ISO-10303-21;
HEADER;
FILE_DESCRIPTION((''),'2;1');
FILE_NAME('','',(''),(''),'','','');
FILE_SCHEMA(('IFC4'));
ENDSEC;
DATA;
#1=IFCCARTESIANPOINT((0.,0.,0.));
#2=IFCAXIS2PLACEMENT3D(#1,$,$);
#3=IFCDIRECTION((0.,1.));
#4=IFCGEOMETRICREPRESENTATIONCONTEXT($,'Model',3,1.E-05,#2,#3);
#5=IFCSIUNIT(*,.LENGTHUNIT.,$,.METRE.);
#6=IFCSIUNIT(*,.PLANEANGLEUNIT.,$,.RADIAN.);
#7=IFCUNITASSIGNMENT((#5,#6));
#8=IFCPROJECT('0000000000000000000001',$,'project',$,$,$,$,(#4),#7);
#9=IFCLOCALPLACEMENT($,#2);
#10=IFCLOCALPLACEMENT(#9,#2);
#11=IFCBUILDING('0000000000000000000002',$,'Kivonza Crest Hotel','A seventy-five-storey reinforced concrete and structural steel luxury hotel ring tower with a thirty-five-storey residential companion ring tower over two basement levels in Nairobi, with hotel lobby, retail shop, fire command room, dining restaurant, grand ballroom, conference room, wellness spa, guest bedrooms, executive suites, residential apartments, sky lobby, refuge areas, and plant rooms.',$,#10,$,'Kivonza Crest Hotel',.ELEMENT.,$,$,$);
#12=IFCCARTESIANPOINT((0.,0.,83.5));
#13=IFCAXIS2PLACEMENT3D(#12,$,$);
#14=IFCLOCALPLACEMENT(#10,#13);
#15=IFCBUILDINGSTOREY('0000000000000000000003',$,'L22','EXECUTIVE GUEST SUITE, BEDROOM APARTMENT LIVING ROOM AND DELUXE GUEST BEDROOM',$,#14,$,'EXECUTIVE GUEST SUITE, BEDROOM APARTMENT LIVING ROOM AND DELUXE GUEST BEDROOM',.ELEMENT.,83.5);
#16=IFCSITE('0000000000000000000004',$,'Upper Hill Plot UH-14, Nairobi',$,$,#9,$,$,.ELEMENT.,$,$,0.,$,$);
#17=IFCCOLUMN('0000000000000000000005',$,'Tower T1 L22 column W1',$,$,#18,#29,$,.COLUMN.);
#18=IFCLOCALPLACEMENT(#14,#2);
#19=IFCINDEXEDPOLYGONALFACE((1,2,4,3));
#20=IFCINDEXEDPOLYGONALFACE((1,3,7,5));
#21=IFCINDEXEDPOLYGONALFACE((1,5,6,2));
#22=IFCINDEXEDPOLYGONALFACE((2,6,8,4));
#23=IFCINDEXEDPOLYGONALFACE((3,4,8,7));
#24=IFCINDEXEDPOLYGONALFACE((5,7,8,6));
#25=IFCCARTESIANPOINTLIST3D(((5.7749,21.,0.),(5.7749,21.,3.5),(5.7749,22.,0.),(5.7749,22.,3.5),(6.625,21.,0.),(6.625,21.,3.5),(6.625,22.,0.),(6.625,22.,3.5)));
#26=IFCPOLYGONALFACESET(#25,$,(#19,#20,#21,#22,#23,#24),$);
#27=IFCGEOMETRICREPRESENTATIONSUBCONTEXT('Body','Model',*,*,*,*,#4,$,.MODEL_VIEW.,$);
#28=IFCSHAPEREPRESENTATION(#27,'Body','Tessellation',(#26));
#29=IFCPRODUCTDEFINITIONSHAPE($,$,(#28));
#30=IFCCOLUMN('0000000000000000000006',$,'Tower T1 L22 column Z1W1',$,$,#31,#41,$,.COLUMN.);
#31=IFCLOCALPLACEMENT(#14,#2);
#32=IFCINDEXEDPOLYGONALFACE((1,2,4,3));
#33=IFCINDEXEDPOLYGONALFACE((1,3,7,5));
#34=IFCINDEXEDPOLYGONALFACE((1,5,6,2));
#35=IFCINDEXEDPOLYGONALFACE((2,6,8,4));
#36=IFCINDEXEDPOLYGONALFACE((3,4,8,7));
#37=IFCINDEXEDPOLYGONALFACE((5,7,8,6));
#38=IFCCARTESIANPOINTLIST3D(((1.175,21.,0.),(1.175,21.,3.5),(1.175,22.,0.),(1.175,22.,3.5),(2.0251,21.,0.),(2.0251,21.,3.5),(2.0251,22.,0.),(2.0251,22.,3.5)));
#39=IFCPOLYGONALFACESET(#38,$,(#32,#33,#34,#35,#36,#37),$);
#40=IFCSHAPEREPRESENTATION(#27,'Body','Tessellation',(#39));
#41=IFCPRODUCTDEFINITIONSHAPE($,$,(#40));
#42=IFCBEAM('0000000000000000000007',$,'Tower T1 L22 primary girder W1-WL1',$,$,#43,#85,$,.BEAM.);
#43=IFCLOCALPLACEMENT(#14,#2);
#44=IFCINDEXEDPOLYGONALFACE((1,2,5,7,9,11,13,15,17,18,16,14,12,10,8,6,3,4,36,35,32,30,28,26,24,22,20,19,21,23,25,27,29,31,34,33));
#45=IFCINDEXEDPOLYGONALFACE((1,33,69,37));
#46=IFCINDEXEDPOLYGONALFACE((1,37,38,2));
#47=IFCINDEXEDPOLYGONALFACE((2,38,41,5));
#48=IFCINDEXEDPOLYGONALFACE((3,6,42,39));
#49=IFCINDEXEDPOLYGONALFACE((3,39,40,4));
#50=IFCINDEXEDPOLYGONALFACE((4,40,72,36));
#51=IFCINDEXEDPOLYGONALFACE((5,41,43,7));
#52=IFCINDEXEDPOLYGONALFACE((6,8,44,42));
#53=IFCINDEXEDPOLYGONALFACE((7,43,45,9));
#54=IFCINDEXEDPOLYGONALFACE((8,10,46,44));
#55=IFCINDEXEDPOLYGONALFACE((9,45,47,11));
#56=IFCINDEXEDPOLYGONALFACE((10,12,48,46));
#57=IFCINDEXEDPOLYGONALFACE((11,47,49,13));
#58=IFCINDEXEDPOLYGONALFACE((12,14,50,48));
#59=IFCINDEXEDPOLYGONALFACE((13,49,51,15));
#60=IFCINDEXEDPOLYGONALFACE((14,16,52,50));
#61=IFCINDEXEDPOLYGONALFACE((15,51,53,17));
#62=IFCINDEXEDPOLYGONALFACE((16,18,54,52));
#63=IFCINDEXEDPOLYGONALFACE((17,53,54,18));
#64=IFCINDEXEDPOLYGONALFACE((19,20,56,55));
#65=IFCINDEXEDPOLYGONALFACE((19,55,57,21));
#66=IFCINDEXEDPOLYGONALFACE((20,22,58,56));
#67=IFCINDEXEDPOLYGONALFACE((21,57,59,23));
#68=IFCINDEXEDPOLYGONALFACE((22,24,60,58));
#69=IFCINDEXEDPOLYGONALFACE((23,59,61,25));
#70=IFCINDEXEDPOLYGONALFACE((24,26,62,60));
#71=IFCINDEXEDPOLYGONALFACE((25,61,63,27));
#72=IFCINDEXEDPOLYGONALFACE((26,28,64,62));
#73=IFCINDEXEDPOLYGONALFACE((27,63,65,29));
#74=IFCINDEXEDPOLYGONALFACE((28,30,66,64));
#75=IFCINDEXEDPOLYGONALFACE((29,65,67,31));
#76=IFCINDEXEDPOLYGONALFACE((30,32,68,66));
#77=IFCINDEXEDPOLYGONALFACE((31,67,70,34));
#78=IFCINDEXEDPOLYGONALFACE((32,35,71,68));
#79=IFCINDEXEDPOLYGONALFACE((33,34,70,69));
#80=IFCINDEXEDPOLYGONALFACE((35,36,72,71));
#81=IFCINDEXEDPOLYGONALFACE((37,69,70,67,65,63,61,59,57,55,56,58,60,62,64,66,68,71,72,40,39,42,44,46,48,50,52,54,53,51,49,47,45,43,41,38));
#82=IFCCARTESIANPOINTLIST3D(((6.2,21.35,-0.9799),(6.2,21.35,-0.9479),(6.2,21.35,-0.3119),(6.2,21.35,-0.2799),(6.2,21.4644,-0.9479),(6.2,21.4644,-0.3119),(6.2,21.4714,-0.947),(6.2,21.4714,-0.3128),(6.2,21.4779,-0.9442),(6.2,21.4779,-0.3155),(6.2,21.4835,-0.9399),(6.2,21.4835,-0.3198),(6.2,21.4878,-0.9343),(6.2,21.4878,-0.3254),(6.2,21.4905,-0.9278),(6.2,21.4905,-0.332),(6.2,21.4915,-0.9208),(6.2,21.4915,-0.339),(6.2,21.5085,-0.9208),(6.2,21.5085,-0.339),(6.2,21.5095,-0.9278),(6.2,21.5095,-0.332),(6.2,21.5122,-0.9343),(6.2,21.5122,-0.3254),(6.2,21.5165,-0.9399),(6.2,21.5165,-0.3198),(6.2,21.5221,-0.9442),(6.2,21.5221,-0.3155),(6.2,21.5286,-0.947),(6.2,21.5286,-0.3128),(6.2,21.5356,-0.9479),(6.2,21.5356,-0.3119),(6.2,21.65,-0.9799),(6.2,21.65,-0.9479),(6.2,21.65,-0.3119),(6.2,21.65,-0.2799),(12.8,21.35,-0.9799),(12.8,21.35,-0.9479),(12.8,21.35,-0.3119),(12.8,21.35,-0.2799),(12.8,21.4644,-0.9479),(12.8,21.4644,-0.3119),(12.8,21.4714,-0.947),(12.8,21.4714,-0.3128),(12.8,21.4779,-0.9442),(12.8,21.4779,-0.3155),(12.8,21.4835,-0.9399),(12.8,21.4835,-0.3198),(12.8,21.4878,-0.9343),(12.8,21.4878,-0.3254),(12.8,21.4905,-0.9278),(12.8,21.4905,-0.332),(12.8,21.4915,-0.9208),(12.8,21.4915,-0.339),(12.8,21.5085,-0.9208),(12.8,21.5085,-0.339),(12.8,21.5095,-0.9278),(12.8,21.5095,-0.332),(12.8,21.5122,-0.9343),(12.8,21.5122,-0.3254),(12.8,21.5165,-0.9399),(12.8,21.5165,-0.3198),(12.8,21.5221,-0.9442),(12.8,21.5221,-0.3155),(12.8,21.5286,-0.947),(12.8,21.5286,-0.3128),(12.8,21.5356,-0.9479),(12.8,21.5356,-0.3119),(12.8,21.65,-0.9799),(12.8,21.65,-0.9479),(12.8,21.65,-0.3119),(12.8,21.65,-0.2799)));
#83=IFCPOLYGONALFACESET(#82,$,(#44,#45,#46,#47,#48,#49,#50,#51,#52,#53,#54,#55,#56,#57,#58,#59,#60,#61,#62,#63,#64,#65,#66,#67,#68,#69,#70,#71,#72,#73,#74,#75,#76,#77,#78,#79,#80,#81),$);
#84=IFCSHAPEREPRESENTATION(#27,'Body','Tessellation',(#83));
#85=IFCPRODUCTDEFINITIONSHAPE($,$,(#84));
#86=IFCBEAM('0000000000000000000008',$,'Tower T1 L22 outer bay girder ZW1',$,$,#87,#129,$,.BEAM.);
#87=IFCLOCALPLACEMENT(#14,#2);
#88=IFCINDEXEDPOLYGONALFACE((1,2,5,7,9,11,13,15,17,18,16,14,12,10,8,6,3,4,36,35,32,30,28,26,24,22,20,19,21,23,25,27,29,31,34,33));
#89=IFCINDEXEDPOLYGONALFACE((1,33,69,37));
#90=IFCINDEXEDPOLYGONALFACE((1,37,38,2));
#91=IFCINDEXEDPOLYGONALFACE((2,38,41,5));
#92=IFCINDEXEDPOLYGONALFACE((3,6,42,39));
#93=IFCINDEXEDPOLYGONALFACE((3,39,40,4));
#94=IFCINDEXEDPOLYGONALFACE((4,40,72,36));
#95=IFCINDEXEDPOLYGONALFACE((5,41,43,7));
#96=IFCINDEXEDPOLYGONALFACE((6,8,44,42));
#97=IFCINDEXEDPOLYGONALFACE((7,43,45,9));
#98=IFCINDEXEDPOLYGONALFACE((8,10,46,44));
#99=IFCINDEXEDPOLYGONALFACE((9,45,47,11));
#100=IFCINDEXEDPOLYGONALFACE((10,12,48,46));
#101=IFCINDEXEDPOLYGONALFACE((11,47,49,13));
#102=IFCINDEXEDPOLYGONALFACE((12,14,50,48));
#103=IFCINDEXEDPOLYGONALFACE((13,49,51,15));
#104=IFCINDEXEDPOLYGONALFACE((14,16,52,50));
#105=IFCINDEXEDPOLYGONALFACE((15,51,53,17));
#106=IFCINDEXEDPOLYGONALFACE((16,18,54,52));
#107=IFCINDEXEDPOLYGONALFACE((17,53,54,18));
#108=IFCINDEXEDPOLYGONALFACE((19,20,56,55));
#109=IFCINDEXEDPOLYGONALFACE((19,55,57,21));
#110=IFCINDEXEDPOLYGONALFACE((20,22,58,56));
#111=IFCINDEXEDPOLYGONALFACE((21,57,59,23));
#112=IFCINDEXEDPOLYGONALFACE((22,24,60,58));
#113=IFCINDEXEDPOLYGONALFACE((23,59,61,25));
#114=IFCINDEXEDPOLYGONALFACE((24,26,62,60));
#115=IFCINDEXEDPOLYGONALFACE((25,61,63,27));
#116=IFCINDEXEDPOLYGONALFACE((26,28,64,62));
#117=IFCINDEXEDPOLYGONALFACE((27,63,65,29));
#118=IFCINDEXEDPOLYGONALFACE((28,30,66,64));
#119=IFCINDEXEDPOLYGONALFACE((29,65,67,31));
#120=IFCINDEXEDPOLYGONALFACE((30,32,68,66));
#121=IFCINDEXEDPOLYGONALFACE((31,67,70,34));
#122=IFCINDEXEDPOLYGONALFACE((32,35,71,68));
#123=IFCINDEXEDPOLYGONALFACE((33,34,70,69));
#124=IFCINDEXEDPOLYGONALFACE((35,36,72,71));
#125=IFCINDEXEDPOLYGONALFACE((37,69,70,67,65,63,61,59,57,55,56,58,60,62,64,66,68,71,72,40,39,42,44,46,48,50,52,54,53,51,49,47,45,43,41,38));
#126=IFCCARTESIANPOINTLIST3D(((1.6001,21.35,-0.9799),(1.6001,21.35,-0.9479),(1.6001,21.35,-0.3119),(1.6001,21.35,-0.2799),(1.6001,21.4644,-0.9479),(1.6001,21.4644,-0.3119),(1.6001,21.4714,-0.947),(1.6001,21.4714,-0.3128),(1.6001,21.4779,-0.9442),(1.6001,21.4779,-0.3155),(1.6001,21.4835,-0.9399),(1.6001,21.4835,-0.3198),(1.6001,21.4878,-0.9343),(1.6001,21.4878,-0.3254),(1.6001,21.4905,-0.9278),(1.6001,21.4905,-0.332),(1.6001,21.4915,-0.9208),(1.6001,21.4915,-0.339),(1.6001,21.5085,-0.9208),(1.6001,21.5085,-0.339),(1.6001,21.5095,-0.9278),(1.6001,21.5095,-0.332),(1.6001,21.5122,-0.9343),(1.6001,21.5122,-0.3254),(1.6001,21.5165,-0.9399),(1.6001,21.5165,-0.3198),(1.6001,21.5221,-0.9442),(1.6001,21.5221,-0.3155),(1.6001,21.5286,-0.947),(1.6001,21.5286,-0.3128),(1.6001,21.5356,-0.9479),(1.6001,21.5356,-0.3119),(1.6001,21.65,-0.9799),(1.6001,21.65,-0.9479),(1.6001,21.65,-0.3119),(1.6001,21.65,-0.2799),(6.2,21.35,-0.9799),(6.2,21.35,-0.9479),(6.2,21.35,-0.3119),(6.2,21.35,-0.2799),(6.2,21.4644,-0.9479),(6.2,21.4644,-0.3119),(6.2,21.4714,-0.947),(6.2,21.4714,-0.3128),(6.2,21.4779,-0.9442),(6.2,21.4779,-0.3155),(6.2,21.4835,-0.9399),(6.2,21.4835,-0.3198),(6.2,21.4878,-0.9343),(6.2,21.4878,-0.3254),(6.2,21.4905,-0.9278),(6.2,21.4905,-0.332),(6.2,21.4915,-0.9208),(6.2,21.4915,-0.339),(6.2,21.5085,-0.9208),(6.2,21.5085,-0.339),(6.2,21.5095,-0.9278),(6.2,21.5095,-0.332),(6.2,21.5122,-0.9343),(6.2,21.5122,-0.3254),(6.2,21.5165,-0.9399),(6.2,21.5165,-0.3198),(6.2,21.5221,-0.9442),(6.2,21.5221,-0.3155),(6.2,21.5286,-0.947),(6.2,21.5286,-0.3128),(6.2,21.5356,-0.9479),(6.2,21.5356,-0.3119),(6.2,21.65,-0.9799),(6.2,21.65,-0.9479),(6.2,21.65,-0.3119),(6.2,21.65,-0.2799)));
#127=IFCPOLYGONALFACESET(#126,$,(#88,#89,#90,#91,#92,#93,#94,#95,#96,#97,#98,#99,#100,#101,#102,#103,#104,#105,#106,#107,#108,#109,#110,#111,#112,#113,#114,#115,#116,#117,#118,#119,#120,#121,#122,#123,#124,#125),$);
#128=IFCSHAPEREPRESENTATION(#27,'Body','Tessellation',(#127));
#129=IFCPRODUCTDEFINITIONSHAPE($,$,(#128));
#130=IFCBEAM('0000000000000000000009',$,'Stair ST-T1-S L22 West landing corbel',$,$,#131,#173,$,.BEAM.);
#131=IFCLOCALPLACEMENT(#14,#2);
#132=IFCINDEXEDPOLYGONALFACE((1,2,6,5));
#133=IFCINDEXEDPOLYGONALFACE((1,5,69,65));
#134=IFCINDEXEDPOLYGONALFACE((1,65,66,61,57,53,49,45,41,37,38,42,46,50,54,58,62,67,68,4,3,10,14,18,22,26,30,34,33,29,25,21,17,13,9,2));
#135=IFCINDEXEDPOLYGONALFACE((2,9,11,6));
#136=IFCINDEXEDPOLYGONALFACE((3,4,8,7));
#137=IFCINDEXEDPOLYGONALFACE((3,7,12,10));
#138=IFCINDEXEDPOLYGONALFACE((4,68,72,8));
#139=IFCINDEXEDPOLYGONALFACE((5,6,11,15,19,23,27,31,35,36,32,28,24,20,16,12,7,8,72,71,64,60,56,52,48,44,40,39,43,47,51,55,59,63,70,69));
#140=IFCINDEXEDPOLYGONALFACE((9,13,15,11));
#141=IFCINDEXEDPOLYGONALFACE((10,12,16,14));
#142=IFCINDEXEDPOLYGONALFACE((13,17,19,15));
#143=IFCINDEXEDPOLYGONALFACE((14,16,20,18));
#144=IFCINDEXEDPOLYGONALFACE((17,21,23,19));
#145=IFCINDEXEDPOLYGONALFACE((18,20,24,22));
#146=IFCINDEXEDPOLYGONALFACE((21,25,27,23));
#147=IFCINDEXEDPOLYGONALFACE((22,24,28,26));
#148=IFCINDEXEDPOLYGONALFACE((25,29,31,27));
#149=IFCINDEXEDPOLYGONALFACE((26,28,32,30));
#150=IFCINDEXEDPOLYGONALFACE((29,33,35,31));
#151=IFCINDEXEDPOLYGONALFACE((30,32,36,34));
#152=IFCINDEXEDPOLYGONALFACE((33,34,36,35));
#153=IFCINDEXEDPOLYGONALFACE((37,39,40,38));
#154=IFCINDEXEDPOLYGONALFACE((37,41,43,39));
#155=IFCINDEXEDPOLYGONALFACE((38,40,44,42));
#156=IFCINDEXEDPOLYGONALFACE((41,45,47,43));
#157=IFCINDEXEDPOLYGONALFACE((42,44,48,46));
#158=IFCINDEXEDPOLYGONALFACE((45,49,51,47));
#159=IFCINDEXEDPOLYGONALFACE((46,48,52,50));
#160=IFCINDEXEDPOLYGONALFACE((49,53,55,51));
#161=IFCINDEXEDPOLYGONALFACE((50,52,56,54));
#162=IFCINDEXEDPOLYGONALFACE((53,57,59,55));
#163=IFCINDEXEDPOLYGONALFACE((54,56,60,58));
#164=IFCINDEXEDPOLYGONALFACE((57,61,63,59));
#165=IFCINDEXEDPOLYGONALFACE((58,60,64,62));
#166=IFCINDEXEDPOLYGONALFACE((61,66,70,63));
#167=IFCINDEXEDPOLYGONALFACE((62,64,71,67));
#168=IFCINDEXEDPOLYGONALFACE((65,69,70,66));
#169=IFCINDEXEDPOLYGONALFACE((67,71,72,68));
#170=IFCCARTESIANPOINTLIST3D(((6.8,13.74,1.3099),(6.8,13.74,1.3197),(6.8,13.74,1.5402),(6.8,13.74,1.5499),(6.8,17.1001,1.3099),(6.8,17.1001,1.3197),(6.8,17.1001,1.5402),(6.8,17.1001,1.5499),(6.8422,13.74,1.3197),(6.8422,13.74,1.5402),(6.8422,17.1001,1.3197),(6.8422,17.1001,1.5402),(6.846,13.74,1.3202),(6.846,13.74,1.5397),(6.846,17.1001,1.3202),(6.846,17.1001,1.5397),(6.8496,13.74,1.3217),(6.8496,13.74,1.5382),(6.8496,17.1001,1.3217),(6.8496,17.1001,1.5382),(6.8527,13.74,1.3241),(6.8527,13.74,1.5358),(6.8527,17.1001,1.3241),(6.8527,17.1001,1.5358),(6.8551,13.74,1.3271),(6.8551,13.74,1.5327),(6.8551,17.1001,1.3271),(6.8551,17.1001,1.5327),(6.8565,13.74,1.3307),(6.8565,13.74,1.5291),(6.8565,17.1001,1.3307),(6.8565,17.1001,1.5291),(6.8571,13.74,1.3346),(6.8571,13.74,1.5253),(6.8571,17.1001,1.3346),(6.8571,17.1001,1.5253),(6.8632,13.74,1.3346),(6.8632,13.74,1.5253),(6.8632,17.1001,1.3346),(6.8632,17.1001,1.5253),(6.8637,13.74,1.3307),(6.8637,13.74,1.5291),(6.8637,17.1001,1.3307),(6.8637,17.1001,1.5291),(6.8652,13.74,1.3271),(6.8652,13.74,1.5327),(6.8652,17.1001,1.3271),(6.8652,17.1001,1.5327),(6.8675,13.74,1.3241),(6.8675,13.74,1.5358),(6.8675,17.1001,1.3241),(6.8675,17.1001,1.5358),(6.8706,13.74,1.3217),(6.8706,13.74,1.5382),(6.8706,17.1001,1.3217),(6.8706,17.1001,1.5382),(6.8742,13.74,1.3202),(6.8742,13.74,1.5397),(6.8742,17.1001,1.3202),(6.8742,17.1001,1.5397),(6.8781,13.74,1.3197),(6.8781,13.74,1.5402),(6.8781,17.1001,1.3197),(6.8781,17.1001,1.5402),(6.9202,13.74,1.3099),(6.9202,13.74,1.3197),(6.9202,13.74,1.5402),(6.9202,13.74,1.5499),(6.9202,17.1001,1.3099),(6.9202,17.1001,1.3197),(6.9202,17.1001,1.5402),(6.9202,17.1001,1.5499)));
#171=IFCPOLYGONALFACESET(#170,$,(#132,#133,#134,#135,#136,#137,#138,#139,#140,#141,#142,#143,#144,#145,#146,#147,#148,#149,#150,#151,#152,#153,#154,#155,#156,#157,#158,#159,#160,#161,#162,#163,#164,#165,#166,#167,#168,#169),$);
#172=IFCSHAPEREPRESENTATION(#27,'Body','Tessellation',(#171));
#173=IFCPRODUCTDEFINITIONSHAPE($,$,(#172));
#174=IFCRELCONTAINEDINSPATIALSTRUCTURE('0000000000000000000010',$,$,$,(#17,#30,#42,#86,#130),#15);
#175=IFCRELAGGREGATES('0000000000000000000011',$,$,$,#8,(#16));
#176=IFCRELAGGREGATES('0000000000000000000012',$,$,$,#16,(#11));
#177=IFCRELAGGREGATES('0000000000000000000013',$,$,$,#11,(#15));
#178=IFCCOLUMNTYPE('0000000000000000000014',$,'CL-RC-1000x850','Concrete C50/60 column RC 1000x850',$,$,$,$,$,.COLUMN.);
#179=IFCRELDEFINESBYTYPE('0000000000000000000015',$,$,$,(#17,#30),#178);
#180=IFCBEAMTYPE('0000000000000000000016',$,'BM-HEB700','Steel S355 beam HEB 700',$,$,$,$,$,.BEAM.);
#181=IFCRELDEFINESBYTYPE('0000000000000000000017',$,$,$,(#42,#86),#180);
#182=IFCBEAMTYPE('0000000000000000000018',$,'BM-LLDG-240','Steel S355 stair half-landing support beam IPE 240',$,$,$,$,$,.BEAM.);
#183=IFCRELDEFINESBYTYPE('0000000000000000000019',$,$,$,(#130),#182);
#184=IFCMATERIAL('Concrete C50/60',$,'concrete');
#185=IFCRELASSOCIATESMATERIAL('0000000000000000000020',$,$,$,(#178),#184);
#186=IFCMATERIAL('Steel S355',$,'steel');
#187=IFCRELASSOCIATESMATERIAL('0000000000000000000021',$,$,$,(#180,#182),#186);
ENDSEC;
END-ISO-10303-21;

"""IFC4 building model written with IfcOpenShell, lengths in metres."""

from ifc_helpers import new_model, si_unit, direction, frame, origin, origin_2d, place, context, subcontext, project, spatial, rectangle, i_section, extrude, material, material_profile, profile_set, type_object, element, save


model = new_model("IFC4")

# Units and contexts
model_context = context("Model", 3, precision=1e-05, world=origin(), true_north=direction((0.0, 1.0)))
body_context = subcontext(model_context, "Body", "Model", "MODEL_VIEW")
ifc_project = project(units=[si_unit("LENGTHUNIT", "METRE"), si_unit("PLANEANGLEUNIT", "RADIAN")], contexts=[model_context])

# Site, building, storey
site_placement = place(None, origin())
site = spatial("IfcSite", under=ifc_project, at=site_placement, Name="Upper Hill Plot UH-14, Nairobi", CompositionType="ELEMENT", RefElevation=0.0)
building_placement = place(site_placement, origin())
building = spatial("IfcBuilding", under=site, at=building_placement, Name="Kivonza Crest Hotel", Description="A seventy-five-storey reinforced concrete and structural steel luxury hotel ring tower with a thirty-five-storey residential companion ring tower over two basement levels in Nairobi, with hotel lobby, retail shop, fire command room, dining restaurant, grand ballroom, conference room, wellness spa, guest bedrooms, executive suites, residential apartments, sky lobby, refuge areas, and plant rooms.", LongName="Kivonza Crest Hotel", CompositionType="ELEMENT")
storey_placement = place(building_placement, frame((0.0, 0.0, 83.5)))
storey = spatial("IfcBuildingStorey", under=building, at=storey_placement, Name="L22", Description="EXECUTIVE GUEST SUITE, BEDROOM APARTMENT LIVING ROOM AND DELUXE GUEST BEDROOM", LongName="EXECUTIVE GUEST SUITE, BEDROOM APARTMENT LIVING ROOM AND DELUXE GUEST BEDROOM", CompositionType="ELEMENT", Elevation=83.5)

# Columns
ifc_material_1 = material(Name="Concrete C50/60", Category="concrete")
ifc_material_profile_1 = material_profile(ifc_material_1, rectangle(XDim=0.8501, YDim=1.0, at=origin_2d()), Name="RC 1000x850")
ifc_profile_set_1 = profile_set([ifc_material_profile_1], Name="Concrete C50/60")
column_type = type_object("IfcColumnType", Name="CL-RC-1000x850", Description="Concrete C50/60 column RC 1000x850", PredefinedType="COLUMN", material=ifc_profile_set_1)
for number, where, z_axis, x_axis, name in (
    (1, (6.2, 21.5, 0.0), (0.0, 0.0, 1.0), (1.0, 0.0, 0.0), "Tower T1 L22 column W1"),
    (2, (1.6001, 21.5, 0.0), (0.0, 0.0, 1.0), (1.0, 0.0, 0.0), "Tower T1 L22 column Z1W1"),
):
    element("IfcColumn", number, at=place(storey_placement, frame(where, z_axis=z_axis, x_axis=x_axis)), inside=storey, type_object=column_type, Name=name, PredefinedType="COLUMN", context=body_context, shape_type="SweptSolid", body=[
        extrude(rectangle(XDim=0.8501, YDim=1.0, at=origin_2d()), origin(), (0.0, 0.0, 1.0), 3.5),
    ])

# Beams
ifc_material_2 = material(Name="Steel S355", Category="steel")
ifc_material_profile_2 = material_profile(ifc_material_2, i_section(OverallWidth=0.3, OverallDepth=0.7, WebThickness=0.0171, FlangeThickness=0.032, FilletRadius=0.0271, at=origin_2d()), Name="HEB 700")
ifc_profile_set_2 = profile_set([ifc_material_profile_2], Name="Steel S355")
beam_type_1 = type_object("IfcBeamType", Name="BM-HEB700", Description="Steel S355 beam HEB 700", PredefinedType="BEAM", material=ifc_profile_set_2)
beam_1_placement = place(storey_placement, frame((6.2, 21.5, -0.6299), z_axis=(1.0, 0.0, 0.0), x_axis=(0.0, 1.0, 0.0)))
element("IfcBeam", 3, at=beam_1_placement, inside=storey, type_object=beam_type_1, Name="Tower T1 L22 primary girder W1-WL1", PredefinedType="BEAM", context=body_context, shape_type="SweptSolid", body=[
    extrude(i_section(OverallWidth=0.3, OverallDepth=0.7, WebThickness=0.0171, FlangeThickness=0.032, FilletRadius=0.0271, at=origin_2d()), origin(), (0.0, 0.0, 1.0), 6.6001),
])
beam_2_placement = place(storey_placement, frame((1.6001, 21.5, -0.6299), z_axis=(1.0, 0.0, 0.0), x_axis=(0.0, 1.0, 0.0)))
element("IfcBeam", 4, at=beam_2_placement, inside=storey, type_object=beam_type_1, Name="Tower T1 L22 outer bay girder ZW1", PredefinedType="BEAM", context=body_context, shape_type="SweptSolid", body=[
    extrude(i_section(OverallWidth=0.3, OverallDepth=0.7, WebThickness=0.0171, FlangeThickness=0.032, FilletRadius=0.0271, at=origin_2d()), origin(), (0.0, 0.0, 1.0), 4.5999),
])
ifc_material_profile_3 = material_profile(ifc_material_2, i_section(OverallWidth=0.1201, OverallDepth=0.24, WebThickness=0.0061, FlangeThickness=0.0098, FilletRadius=0.0149, at=origin_2d()), Name="IPE 240")
ifc_profile_set_3 = profile_set([ifc_material_profile_3], Name="Steel S355")
beam_type_2 = type_object("IfcBeamType", Name="BM-LLDG-240", Description="Steel S355 stair half-landing support beam IPE 240", PredefinedType="BEAM", material=ifc_profile_set_3)
beam_3_placement = place(storey_placement, frame((6.8601, 13.74, 1.4299), z_axis=(0.0, 1.0, 0.0), x_axis=(-1.0, 0.0, 0.0)))
element("IfcBeam", 5, at=beam_3_placement, inside=storey, type_object=beam_type_2, Name="Stair ST-T1-S L22 West landing corbel", PredefinedType="BEAM", context=body_context, shape_type="SweptSolid", body=[
    extrude(i_section(OverallWidth=0.1201, OverallDepth=0.24, WebThickness=0.0061, FlangeThickness=0.0098, FilletRadius=0.0149, at=origin_2d()), origin(), (0.0, 0.0, 1.0), 3.3601),
])

save(model, "model.ifc")
